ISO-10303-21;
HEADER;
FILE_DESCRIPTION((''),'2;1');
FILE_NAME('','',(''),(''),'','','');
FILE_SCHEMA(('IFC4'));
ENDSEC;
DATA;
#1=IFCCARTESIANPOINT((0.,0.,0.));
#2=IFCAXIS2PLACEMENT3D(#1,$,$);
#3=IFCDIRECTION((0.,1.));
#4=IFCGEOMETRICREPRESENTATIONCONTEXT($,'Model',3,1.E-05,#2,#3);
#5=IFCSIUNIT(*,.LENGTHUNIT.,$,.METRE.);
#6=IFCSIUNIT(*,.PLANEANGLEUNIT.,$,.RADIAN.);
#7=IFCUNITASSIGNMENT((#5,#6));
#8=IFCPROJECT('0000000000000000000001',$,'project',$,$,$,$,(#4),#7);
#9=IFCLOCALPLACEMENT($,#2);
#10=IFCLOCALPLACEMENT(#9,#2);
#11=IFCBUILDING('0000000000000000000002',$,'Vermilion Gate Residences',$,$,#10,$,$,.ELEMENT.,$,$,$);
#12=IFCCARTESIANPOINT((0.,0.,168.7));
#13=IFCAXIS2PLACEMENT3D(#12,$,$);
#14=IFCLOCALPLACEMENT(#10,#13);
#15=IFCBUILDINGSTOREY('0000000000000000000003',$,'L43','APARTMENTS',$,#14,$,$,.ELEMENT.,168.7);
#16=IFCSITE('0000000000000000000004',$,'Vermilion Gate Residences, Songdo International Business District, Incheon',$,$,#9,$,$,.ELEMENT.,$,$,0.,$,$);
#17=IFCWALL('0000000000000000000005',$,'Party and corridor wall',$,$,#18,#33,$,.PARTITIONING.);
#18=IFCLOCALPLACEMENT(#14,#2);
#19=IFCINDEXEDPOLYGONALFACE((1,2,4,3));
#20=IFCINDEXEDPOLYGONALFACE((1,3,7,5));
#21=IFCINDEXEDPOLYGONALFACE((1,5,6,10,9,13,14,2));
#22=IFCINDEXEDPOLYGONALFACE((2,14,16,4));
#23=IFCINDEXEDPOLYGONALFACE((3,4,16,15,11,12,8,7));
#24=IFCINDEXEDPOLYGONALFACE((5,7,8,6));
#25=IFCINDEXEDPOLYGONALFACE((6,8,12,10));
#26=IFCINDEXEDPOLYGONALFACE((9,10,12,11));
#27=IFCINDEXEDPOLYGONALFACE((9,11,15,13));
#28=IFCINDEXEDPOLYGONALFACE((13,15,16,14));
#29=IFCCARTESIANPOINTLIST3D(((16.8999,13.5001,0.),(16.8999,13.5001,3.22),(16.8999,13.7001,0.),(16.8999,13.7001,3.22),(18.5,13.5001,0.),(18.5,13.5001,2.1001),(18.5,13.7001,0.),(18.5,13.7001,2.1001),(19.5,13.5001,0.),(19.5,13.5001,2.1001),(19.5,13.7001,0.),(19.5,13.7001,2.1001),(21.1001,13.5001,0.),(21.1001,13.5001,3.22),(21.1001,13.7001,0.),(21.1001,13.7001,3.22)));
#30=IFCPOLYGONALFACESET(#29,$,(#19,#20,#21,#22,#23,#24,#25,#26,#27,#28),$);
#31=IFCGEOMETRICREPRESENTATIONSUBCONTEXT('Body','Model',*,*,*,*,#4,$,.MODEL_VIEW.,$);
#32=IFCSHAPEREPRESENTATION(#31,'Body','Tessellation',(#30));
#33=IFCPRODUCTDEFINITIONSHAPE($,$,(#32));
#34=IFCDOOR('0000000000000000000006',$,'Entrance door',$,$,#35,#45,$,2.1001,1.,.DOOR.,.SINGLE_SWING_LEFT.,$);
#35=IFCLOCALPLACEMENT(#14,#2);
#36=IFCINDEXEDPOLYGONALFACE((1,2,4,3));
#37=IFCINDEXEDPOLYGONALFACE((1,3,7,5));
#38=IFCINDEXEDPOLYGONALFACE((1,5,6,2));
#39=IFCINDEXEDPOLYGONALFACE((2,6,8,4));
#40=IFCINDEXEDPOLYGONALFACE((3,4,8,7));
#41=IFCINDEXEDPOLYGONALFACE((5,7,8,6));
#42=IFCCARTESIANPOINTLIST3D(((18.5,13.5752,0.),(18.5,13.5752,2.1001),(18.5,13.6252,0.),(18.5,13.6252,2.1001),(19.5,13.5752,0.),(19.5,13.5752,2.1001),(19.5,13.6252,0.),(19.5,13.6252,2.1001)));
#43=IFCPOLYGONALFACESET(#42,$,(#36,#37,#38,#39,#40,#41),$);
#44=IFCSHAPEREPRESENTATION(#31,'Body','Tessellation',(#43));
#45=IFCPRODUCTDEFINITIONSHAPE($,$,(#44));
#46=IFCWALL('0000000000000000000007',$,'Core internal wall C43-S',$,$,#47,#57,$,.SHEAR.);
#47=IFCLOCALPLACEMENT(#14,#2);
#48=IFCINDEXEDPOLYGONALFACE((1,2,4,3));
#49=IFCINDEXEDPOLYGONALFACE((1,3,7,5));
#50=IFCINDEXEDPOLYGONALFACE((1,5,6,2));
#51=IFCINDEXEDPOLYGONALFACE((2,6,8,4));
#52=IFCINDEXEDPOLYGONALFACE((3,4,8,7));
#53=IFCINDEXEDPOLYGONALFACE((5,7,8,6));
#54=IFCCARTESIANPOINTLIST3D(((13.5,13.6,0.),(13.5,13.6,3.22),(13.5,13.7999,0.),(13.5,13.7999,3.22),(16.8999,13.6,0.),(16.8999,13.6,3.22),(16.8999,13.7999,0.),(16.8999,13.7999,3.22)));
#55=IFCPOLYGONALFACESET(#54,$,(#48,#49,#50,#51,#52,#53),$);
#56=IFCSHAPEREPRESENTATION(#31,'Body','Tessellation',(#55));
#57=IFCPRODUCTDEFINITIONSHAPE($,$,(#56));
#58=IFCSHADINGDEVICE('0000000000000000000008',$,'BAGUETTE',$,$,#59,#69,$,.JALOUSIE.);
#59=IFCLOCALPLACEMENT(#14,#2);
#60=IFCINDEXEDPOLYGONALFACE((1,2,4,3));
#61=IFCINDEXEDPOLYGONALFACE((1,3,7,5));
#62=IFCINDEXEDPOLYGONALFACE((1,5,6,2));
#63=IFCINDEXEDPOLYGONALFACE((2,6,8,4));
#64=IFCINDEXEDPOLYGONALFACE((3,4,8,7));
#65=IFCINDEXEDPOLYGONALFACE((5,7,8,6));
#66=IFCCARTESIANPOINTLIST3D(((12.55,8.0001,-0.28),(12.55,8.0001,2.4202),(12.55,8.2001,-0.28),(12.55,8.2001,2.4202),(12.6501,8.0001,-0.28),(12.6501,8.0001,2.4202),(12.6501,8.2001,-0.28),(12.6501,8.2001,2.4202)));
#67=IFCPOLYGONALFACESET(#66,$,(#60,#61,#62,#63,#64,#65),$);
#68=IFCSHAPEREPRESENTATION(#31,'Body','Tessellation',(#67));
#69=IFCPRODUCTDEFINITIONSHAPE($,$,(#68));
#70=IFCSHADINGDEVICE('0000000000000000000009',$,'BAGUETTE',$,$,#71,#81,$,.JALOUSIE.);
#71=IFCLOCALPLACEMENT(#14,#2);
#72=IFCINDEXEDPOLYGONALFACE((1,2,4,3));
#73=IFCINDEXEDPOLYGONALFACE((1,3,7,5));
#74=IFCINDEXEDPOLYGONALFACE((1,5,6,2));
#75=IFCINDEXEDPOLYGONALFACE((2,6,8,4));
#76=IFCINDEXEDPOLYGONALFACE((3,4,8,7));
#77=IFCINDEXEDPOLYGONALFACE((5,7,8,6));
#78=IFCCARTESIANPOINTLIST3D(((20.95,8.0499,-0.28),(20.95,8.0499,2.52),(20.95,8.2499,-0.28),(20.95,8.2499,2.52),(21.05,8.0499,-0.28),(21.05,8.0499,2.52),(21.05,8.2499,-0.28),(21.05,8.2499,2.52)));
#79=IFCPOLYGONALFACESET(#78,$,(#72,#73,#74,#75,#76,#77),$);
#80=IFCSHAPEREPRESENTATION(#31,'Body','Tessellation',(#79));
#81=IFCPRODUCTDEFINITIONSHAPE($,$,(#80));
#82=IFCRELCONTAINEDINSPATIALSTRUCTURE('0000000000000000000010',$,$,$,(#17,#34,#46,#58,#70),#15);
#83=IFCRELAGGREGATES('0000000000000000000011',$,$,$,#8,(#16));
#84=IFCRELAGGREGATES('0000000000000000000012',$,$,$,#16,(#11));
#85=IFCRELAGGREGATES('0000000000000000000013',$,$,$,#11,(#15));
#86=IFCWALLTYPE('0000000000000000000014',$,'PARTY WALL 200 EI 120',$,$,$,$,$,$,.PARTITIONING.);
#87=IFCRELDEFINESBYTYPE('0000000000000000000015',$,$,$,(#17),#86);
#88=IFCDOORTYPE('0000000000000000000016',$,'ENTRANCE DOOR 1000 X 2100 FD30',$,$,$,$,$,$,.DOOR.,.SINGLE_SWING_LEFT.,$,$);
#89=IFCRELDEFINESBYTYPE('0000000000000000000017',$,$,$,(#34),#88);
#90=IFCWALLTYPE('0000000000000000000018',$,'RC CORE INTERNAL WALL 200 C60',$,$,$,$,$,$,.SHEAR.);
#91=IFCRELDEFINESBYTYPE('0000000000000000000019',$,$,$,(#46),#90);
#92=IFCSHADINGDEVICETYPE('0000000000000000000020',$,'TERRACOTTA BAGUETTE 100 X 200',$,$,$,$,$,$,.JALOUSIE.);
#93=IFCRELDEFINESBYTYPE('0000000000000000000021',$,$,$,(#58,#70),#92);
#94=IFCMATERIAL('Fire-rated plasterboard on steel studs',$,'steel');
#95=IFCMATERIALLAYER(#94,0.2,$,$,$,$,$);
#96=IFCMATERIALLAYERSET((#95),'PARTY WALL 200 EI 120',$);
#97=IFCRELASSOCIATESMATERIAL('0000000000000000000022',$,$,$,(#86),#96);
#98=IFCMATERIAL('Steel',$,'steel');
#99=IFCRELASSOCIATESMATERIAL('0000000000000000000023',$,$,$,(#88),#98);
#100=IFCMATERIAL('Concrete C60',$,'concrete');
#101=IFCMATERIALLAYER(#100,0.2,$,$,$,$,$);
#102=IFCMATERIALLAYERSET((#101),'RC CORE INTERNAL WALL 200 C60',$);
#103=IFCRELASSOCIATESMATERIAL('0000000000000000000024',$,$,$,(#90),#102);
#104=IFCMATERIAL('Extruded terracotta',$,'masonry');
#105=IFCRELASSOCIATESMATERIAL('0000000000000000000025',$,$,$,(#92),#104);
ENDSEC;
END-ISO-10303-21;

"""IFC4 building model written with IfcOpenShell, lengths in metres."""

from ifc_helpers import new_model, si_unit, direction, frame, frame_2d, origin, origin_2d, place, context, subcontext, project, spatial, rectangle, extrude, material, layer, layer_set, material_profile, profile_set, type_object, element, fill, save


model = new_model("IFC4")

# Units and contexts
model_context = context("Model", 3, precision=1e-05, world=origin(), true_north=direction((0.0, 1.0)))
body_context = subcontext(model_context, "Body", "Model", "MODEL_VIEW")
ifc_project = project(units=[si_unit("LENGTHUNIT", "METRE"), si_unit("PLANEANGLEUNIT", "RADIAN")], contexts=[model_context])

# Site, building, storey
site_placement = place(None, origin())
site = spatial("IfcSite", under=ifc_project, at=site_placement, Name="Vermilion Gate Residences, Songdo International Business District, Incheon", CompositionType="ELEMENT", RefElevation=0.0)
building_placement = place(site_placement, origin())
building = spatial("IfcBuilding", under=site, at=building_placement, Name="Vermilion Gate Residences", CompositionType="ELEMENT")
storey_placement = place(building_placement, frame((0.0, 0.0, 168.7)))
storey = spatial("IfcBuildingStorey", under=building, at=storey_placement, Name="L43", Description="APARTMENTS", CompositionType="ELEMENT", Elevation=168.7)

# Wall, opening, door
ifc_material_1 = material(Name="Fire-rated plasterboard on steel studs", Category="steel")
ifc_layer_1 = layer(ifc_material_1, 0.2)
ifc_layer_set_1 = layer_set([ifc_layer_1], Name="PARTY WALL 200 EI 120")
wall_type_1 = type_object("IfcWallType", Name="PARTY WALL 200 EI 120", PredefinedType="PARTITIONING", material=ifc_layer_set_1)
wall_1_placement = place(storey_placement, frame((16.8999, 13.6001, 0.0), z_axis=(0.0, 0.0, 1.0), x_axis=(1.0, 0.0, 0.0)))
wall_1 = element("IfcWall", 1, at=wall_1_placement, inside=storey, type_object=wall_type_1, Name="Party and corridor wall", PredefinedType="PARTITIONING", context=body_context, shape_type="SweptSolid", body=[
    extrude(rectangle(XDim=4.2002, YDim=0.2, at=frame_2d((2.1001, 0.0))), origin(), (0.0, 0.0, 1.0), 3.22),
])
opening_1_placement = place(wall_1_placement, frame((1.6001, 0.0, 0.0)))
opening_1 = element("IfcOpeningElement", 2, at=opening_1_placement, cuts=wall_1, PredefinedType="OPENING", context=body_context, shape_type="SweptSolid", body=[
    extrude(rectangle(XDim=1.0, YDim=2.1001, at=frame_2d((0.5, 1.05))), frame((0.0, 0.1099, 0.0), z_axis=(0.0, -1.0, 0.0), x_axis=(1.0, 0.0, 0.0)), (0.0, 0.0, 1.0), 0.22),
])
ifc_material_2 = material(Name="Steel", Category="steel")
door_type_1 = type_object("IfcDoorType", Name="ENTRANCE DOOR 1000 X 2100 FD30", OperationType="SINGLE_SWING_LEFT", PredefinedType="DOOR", material=ifc_material_2)
door_1_placement = place(opening_1_placement, frame((1.0, 0.0, 0.0), z_axis=(0.0, 0.0, 1.0), x_axis=(-1.0, 0.0, 0.0)))
door_1 = element("IfcDoor", 3, at=door_1_placement, inside=storey, type_object=door_type_1, Name="Entrance door", OperationType="SINGLE_SWING_LEFT", OverallHeight=2.1001, OverallWidth=1.0, PredefinedType="DOOR", context=body_context, shape_type="SweptSolid", body=[
    extrude(rectangle(XDim=1.0, YDim=2.1001, at=frame_2d((0.5, 1.05))), frame((0.0, 0.0249, 0.0), z_axis=(0.0, -1.0, 0.0), x_axis=(1.0, 0.0, 0.0)), (0.0, 0.0, 1.0), 0.05),
])
fill(opening_1, door_1)

# Wall
ifc_material_3 = material(Name="Concrete C60", Category="concrete")
ifc_layer_2 = layer(ifc_material_3, 0.2)
ifc_layer_set_2 = layer_set([ifc_layer_2], Name="RC CORE INTERNAL WALL 200 C60")
wall_type_2 = type_object("IfcWallType", Name="RC CORE INTERNAL WALL 200 C60", PredefinedType="SHEAR", material=ifc_layer_set_2)
wall_2_placement = place(storey_placement, frame((13.5, 13.7, 0.0), z_axis=(0.0, 0.0, 1.0), x_axis=(1.0, 0.0, 0.0)))
element("IfcWall", 4, at=wall_2_placement, inside=storey, type_object=wall_type_2, Name="Core internal wall C43-S", PredefinedType="SHEAR", context=body_context, shape_type="SweptSolid", body=[
    extrude(rectangle(XDim=3.3999, YDim=0.2, at=frame_2d((1.7, 0.0))), origin(), (0.0, 0.0, 1.0), 3.22),
])

# Shading devices
ifc_material_4 = material(Name="Extruded terracotta", Category="masonry")
ifc_material_profile_1 = material_profile(ifc_material_4, rectangle(XDim=0.2, YDim=0.1001, at=origin_2d()), Name="BAGUETTE 100 X 200")
ifc_profile_set_1 = profile_set([ifc_material_profile_1], Name="Extruded terracotta")
shading_device_type = type_object("IfcShadingDeviceType", Name="TERRACOTTA BAGUETTE 100 X 200", PredefinedType="JALOUSIE", material=ifc_profile_set_1)
shading_device_1_placement = place(storey_placement, frame((12.6001, 8.1001, -0.28), z_axis=(0.0, 0.0, 1.0), x_axis=(0.0, 1.0, 0.0)))
element("IfcShadingDevice", 5, at=shading_device_1_placement, inside=storey, type_object=shading_device_type, Name="BAGUETTE", PredefinedType="JALOUSIE", context=body_context, shape_type="SweptSolid", body=[
    extrude(rectangle(XDim=0.2, YDim=0.1001, at=origin_2d()), origin(), (0.0, 0.0, 1.0), 2.7002),
])
shading_device_2_placement = place(storey_placement, frame((21.0, 8.1499, -0.28), z_axis=(0.0, 0.0, 1.0), x_axis=(0.0, 1.0, 0.0)))
element("IfcShadingDevice", 6, at=shading_device_2_placement, inside=storey, type_object=shading_device_type, Name="BAGUETTE", PredefinedType="JALOUSIE", context=body_context, shape_type="SweptSolid", body=[
    extrude(rectangle(XDim=0.2, YDim=0.1001, at=origin_2d()), origin(), (0.0, 0.0, 1.0), 2.8),
])

save(model, "model.ifc")
